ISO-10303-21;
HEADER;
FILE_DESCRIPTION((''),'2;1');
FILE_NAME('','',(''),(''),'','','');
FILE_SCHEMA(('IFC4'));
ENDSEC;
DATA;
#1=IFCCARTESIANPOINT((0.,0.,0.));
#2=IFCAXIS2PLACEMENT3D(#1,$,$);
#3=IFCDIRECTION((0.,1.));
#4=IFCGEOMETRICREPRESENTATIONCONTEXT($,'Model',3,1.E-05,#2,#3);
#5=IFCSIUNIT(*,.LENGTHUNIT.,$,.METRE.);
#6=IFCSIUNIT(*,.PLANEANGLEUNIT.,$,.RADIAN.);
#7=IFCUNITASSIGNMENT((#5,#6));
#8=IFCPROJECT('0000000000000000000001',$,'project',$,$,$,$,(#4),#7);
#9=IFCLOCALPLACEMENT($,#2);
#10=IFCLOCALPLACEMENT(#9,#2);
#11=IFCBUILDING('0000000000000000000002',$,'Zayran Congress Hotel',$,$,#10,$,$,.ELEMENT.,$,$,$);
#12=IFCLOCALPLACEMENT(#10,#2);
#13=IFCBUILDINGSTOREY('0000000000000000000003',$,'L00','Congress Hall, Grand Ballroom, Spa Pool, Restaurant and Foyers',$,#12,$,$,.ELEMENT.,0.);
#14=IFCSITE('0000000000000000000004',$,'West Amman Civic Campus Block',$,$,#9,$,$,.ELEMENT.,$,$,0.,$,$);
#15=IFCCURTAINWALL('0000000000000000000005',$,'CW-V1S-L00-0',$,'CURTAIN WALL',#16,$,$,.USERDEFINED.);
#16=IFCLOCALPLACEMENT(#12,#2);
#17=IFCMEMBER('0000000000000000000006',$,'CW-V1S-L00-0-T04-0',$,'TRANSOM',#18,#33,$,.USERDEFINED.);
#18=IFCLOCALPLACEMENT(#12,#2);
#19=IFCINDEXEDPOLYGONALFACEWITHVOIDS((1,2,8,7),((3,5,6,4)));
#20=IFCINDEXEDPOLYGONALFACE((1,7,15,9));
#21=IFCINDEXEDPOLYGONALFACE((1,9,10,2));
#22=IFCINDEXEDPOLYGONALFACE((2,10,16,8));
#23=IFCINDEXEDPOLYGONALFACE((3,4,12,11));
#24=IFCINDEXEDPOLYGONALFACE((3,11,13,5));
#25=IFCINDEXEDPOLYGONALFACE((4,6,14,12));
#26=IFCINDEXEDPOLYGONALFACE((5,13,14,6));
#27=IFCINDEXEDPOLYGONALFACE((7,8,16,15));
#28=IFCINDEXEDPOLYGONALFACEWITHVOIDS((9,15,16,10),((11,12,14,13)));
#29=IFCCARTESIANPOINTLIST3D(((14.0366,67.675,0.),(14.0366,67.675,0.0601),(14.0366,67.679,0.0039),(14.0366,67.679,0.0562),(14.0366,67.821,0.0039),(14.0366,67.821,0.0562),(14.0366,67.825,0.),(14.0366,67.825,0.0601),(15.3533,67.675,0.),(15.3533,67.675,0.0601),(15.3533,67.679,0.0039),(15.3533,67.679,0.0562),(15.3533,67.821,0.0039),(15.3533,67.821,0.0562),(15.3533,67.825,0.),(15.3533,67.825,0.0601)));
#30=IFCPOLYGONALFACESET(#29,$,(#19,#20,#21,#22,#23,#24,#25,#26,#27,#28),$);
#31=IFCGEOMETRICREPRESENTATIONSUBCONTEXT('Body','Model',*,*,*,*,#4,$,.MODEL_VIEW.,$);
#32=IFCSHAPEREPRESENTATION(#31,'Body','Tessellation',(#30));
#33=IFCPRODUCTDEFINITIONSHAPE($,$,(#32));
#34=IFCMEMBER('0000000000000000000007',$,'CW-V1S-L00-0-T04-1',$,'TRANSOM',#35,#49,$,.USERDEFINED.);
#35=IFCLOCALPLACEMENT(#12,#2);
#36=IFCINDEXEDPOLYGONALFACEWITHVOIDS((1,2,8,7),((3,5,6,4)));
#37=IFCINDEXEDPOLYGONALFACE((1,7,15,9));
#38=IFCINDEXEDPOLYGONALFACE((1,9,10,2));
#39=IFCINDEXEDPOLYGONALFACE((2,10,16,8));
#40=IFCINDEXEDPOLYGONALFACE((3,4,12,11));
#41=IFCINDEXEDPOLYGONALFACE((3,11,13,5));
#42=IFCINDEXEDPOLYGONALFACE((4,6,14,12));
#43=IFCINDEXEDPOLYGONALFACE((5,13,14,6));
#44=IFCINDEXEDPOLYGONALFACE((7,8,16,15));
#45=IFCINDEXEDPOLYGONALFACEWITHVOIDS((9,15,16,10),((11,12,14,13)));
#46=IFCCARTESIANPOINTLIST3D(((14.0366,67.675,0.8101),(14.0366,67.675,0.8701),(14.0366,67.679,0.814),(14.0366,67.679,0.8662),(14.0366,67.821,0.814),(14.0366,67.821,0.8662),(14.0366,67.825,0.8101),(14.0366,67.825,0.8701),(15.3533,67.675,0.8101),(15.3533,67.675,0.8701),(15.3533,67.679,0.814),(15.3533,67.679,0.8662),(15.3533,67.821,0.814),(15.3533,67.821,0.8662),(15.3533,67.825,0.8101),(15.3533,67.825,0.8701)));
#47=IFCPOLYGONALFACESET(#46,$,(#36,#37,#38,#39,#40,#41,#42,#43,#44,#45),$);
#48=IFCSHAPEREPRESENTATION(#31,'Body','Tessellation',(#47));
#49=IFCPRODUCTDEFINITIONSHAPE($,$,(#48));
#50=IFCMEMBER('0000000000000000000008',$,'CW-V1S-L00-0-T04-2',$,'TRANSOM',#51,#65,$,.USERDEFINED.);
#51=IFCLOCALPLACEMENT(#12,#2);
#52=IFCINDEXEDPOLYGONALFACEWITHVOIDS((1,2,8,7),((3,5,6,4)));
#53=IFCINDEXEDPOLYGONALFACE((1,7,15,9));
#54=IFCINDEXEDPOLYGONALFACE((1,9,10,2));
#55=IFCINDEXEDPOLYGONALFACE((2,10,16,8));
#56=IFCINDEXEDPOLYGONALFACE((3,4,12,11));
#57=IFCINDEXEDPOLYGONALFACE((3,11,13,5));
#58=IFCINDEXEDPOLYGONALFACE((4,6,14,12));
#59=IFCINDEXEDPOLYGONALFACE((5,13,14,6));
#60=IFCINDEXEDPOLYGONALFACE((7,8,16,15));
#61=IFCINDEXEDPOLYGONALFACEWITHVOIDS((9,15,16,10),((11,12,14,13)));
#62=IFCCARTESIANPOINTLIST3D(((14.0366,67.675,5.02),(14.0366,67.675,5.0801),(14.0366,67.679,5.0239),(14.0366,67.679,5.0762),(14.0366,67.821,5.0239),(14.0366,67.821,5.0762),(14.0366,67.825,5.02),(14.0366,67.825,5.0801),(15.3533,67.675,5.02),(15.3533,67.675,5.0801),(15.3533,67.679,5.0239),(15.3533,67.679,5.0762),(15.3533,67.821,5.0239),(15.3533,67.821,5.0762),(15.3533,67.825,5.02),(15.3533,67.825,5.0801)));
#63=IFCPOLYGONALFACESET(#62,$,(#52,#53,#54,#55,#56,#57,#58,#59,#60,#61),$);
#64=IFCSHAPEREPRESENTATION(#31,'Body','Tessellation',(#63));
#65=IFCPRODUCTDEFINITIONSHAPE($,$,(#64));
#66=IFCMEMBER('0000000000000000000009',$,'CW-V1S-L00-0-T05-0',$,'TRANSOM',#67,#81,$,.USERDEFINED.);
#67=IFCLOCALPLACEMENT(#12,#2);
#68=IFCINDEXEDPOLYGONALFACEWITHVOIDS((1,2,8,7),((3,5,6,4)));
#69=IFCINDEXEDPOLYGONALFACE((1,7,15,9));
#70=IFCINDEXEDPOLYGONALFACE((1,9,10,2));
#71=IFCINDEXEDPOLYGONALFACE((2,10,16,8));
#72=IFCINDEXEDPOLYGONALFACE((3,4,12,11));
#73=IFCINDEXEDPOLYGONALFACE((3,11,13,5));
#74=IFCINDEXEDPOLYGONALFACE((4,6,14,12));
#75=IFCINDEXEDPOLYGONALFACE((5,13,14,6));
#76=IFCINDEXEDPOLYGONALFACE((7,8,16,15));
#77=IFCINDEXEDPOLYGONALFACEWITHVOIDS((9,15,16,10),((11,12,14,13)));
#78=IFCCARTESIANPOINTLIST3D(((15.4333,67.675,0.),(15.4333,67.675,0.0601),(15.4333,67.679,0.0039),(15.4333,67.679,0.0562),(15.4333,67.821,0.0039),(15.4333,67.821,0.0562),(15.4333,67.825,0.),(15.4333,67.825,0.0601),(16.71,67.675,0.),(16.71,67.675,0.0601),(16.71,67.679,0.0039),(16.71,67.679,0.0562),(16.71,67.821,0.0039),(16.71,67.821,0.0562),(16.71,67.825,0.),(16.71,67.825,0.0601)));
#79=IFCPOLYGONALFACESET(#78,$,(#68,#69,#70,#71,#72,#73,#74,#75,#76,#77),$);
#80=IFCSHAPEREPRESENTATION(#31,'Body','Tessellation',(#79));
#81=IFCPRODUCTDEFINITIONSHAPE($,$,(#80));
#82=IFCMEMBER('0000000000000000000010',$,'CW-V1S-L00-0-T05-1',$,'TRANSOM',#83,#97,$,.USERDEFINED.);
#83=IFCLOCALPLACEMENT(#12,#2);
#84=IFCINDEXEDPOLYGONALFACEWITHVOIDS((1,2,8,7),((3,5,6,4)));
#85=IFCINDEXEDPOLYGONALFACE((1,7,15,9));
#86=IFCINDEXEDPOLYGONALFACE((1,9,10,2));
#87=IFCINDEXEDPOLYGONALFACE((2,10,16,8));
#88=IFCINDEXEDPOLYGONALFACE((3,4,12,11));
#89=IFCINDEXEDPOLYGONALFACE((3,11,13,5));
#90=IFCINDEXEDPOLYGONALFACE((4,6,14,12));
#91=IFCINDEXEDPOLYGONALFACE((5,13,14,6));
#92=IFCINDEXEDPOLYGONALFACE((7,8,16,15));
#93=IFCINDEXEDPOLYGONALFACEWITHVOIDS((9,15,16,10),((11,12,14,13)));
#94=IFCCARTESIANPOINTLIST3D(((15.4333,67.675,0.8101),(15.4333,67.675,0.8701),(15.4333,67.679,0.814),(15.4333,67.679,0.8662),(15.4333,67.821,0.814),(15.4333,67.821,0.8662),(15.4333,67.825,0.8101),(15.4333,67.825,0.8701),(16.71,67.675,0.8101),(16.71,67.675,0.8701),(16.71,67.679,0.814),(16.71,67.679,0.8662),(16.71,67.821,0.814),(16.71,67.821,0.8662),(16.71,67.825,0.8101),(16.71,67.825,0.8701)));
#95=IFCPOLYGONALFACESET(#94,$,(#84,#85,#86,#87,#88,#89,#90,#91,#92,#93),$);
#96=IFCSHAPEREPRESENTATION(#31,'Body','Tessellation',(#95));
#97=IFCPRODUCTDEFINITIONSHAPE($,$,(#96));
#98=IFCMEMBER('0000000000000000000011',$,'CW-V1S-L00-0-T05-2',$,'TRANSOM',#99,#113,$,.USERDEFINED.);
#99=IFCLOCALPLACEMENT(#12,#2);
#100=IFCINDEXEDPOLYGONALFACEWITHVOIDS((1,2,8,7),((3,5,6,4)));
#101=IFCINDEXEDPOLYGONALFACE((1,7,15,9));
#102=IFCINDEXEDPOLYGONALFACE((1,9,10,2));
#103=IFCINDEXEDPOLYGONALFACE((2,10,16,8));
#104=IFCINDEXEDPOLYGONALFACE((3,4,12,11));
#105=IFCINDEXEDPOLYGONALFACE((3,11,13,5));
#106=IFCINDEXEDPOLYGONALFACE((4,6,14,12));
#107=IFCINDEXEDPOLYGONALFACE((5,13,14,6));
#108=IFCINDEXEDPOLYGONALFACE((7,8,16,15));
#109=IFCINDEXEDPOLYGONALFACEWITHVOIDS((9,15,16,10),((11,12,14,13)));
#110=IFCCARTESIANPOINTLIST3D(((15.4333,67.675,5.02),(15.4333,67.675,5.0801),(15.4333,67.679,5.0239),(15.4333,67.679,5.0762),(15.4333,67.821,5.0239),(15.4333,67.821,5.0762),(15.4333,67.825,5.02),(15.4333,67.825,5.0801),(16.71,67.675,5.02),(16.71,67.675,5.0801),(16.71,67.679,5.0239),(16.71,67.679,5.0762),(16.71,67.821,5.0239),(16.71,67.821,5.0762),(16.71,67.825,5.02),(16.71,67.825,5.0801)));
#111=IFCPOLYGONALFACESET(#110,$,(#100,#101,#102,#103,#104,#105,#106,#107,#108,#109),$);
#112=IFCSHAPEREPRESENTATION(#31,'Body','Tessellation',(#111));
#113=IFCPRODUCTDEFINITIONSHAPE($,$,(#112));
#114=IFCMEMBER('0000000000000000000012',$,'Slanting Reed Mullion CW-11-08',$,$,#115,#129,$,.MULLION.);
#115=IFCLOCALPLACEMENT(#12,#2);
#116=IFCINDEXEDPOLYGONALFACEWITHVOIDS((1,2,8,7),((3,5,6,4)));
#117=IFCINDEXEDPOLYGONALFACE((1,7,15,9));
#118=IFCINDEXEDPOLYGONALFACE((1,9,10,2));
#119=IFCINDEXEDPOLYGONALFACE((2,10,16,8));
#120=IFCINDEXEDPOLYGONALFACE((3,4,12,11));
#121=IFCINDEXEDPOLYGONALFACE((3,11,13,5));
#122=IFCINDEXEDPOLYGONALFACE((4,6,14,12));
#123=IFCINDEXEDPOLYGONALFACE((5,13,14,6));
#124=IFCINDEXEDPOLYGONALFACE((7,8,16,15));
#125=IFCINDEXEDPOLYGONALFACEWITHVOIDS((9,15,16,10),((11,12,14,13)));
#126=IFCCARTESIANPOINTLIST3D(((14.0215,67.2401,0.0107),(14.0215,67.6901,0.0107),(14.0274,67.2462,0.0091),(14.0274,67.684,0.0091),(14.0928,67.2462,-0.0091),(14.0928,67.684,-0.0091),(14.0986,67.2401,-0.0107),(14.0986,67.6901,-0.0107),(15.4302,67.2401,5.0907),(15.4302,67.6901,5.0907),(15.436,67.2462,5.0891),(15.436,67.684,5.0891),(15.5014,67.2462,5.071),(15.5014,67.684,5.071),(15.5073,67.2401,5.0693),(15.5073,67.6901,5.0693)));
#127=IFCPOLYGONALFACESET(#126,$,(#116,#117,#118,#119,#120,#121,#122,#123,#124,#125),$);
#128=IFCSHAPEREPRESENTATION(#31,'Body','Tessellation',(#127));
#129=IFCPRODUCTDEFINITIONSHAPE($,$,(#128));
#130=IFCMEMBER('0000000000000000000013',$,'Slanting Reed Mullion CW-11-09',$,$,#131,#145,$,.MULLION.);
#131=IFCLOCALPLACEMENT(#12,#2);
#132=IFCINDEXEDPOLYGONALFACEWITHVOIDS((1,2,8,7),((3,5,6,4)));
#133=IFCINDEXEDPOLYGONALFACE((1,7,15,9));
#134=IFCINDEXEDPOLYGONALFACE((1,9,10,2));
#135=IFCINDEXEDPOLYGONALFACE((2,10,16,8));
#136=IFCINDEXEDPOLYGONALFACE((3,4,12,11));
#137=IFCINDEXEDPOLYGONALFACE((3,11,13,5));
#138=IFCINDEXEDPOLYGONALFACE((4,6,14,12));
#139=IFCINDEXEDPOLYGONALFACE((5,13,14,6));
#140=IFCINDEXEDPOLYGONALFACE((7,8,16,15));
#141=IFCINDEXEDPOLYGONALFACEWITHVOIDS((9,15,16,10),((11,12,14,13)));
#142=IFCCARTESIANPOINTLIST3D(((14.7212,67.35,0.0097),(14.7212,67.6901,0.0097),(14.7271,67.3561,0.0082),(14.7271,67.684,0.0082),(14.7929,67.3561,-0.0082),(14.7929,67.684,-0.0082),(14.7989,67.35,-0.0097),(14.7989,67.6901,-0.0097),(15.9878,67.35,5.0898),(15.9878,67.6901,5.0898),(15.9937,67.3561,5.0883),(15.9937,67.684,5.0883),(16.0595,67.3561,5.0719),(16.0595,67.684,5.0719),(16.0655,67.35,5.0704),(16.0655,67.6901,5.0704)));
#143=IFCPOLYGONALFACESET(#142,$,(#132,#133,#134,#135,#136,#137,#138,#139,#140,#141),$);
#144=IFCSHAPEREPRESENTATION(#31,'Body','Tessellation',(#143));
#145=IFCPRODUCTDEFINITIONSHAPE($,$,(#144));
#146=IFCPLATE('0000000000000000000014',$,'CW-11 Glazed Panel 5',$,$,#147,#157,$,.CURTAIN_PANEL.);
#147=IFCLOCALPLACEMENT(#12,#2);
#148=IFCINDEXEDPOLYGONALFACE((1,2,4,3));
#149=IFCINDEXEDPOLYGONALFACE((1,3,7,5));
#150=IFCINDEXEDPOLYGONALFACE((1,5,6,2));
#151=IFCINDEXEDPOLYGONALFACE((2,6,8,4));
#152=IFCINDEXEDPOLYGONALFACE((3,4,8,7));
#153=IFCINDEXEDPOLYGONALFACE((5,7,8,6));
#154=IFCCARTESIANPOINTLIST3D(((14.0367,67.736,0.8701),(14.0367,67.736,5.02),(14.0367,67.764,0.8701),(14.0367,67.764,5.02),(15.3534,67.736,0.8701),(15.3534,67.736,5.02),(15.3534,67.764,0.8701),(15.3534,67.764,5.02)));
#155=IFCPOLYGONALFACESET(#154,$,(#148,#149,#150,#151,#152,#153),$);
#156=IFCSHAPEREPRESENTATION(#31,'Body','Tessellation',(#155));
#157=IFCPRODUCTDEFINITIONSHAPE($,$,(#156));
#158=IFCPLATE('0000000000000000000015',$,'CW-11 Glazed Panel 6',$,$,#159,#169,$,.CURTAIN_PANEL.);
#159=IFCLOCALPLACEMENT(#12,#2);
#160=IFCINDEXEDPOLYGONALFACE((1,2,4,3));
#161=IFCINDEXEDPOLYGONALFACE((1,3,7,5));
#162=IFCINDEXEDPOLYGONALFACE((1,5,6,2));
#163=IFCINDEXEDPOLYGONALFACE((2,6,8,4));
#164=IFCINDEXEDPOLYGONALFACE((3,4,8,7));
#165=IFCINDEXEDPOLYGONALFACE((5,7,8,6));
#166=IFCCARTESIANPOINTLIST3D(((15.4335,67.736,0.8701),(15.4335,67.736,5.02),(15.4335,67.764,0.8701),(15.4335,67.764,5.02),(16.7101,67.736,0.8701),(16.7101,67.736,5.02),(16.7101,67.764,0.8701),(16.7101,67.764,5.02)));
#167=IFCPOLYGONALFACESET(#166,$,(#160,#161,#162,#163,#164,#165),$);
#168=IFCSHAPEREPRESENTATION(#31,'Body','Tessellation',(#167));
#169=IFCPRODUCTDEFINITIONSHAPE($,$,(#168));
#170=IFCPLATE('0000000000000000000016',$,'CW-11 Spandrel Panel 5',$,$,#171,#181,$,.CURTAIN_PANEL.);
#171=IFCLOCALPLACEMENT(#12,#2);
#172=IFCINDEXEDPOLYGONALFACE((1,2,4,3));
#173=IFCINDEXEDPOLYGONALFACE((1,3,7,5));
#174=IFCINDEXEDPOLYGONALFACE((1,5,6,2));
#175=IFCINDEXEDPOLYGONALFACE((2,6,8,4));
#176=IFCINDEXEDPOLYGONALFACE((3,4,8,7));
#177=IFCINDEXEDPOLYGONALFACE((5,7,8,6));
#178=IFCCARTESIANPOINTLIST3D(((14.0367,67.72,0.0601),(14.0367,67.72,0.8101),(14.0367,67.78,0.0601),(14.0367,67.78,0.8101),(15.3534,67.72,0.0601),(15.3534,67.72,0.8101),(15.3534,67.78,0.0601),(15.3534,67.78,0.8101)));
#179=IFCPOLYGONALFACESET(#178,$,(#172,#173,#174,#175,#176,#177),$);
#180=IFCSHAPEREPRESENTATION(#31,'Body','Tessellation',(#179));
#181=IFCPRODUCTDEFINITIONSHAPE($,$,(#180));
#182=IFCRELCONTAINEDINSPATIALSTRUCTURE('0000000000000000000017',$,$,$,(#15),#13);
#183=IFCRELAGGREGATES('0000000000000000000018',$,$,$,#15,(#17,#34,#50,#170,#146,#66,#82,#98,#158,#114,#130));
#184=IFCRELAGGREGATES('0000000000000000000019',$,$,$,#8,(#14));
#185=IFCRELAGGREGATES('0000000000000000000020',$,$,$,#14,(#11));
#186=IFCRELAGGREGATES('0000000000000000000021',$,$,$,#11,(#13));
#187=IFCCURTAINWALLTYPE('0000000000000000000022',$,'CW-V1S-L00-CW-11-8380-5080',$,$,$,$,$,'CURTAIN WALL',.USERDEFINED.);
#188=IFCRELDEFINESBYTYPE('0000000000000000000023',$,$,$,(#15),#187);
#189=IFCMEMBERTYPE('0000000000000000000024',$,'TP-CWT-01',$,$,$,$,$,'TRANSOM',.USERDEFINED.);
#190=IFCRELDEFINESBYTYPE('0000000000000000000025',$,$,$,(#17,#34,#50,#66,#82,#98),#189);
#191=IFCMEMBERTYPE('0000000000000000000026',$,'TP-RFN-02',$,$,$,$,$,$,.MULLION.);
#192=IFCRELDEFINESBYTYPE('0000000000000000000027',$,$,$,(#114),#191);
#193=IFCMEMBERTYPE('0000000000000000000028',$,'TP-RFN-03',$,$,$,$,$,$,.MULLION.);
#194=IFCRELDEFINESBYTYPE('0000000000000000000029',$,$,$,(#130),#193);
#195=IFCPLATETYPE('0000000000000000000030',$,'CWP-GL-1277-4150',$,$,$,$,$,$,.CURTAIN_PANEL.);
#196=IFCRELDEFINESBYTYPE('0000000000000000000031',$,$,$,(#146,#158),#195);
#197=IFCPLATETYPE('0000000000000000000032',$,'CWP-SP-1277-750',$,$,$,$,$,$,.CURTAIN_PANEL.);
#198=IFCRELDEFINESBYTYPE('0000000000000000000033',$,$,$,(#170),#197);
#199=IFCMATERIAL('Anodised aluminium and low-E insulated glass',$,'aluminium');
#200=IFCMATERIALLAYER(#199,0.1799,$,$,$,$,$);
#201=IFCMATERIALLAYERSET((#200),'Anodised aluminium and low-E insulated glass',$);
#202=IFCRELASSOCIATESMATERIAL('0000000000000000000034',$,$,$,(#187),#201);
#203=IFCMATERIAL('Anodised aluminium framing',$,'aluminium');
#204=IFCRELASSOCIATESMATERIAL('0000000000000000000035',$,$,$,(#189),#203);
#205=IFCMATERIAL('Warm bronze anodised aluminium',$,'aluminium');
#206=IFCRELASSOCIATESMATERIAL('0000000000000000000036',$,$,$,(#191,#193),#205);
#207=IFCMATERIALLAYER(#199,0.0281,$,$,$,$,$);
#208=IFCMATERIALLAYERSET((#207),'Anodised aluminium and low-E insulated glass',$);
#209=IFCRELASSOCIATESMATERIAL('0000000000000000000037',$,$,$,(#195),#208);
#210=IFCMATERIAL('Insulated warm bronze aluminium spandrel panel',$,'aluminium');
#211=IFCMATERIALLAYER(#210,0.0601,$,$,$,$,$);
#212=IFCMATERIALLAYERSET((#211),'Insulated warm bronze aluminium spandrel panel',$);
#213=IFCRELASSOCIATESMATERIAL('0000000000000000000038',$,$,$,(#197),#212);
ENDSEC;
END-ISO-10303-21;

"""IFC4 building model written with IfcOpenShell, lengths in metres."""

from ifc_helpers import new_model, si_unit, direction, frame, origin, origin_2d, place, context, subcontext, project, spatial, rectangle, hollow_rectangle, extrude, material, layer, layer_set, material_profile, profile_set, type_object, element, aggregate, save


model = new_model("IFC4")

# Units and contexts
model_context = context("Model", 3, precision=1e-05, world=origin(), true_north=direction((0.0, 1.0)))
body_context = subcontext(model_context, "Body", "Model", "MODEL_VIEW")
ifc_project = project(units=[si_unit("LENGTHUNIT", "METRE"), si_unit("PLANEANGLEUNIT", "RADIAN")], contexts=[model_context])

# Site, building, storey
site_placement = place(None, origin())
site = spatial("IfcSite", under=ifc_project, at=site_placement, Name="West Amman Civic Campus Block", CompositionType="ELEMENT", RefElevation=0.0)
building_placement = place(site_placement, origin())
building = spatial("IfcBuilding", under=site, at=building_placement, Name="Zayran Congress Hotel", CompositionType="ELEMENT")
storey_placement = place(building_placement, origin())
storey = spatial("IfcBuildingStorey", under=building, at=storey_placement, Name="L00", Description="Congress Hall, Grand Ballroom, Spa Pool, Restaurant and Foyers", CompositionType="ELEMENT", Elevation=0.0)

# Curtain wall, members, plates
ifc_material_1 = material(Name="Anodised aluminium and low-E insulated glass", Category="aluminium")
ifc_layer_1 = layer(ifc_material_1, 0.1799)
ifc_layer_set_1 = layer_set([ifc_layer_1], Name="Anodised aluminium and low-E insulated glass")
curtain_wall_type = type_object("IfcCurtainWallType", Name="CW-V1S-L00-CW-11-8380-5080", ElementType="CURTAIN WALL", PredefinedType="USERDEFINED", material=ifc_layer_set_1)
curtain_wall_placement = place(storey_placement, origin())
curtain_wall = element("IfcCurtainWall", 1, at=curtain_wall_placement, inside=storey, type_object=curtain_wall_type, Name="CW-V1S-L00-0", ObjectType="CURTAIN WALL", PredefinedType="USERDEFINED")
ifc_material_2 = material(Name="Anodised aluminium framing", Category="aluminium")
ifc_material_profile_1 = material_profile(ifc_material_2, hollow_rectangle(XDim=0.0601, YDim=0.1499, WallThickness=0.0039, at=origin_2d()), Name="RHS 150x60x4")
ifc_profile_set_1 = profile_set([ifc_material_profile_1], Name="Anodised aluminium framing")
member_type_1 = type_object("IfcMemberType", Name="TP-CWT-01", ElementType="TRANSOM", PredefinedType="USERDEFINED", material=ifc_profile_set_1)
member_1_placement = place(storey_placement, frame((14.0366, 67.75, 0.03), z_axis=(1.0, 0.0, 0.0), x_axis=(0.0, 0.0, 1.0)))
member_1 = element("IfcMember", 2, at=member_1_placement, type_object=member_type_1, Name="CW-V1S-L00-0-T04-0", ObjectType="TRANSOM", PredefinedType="USERDEFINED", context=body_context, shape_type="SweptSolid", body=[
    extrude(hollow_rectangle(XDim=0.0601, YDim=0.1499, WallThickness=0.0039, at=origin_2d()), origin(), (0.0, 0.0, 1.0), 1.3167),
])
member_2_placement = place(storey_placement, frame((14.0366, 67.75, 0.8401), z_axis=(1.0, 0.0, 0.0), x_axis=(0.0, 0.0, 1.0)))
member_2 = element("IfcMember", 3, at=member_2_placement, type_object=member_type_1, Name="CW-V1S-L00-0-T04-1", ObjectType="TRANSOM", PredefinedType="USERDEFINED", context=body_context, shape_type="SweptSolid", body=[
    extrude(hollow_rectangle(XDim=0.0601, YDim=0.1499, WallThickness=0.0039, at=origin_2d()), origin(), (0.0, 0.0, 1.0), 1.3167),
])
member_3_placement = place(storey_placement, frame((14.0366, 67.75, 5.05), z_axis=(1.0, 0.0, 0.0), x_axis=(0.0, 0.0, 1.0)))
member_3 = element("IfcMember", 4, at=member_3_placement, type_object=member_type_1, Name="CW-V1S-L00-0-T04-2", ObjectType="TRANSOM", PredefinedType="USERDEFINED", context=body_context, shape_type="SweptSolid", body=[
    extrude(hollow_rectangle(XDim=0.0601, YDim=0.1499, WallThickness=0.0039, at=origin_2d()), origin(), (0.0, 0.0, 1.0), 1.3167),
])
member_4_placement = place(storey_placement, frame((15.4333, 67.75, 0.03), z_axis=(1.0, 0.0, 0.0), x_axis=(0.0, 0.0, 1.0)))
member_4 = element("IfcMember", 5, at=member_4_placement, type_object=member_type_1, Name="CW-V1S-L00-0-T05-0", ObjectType="TRANSOM", PredefinedType="USERDEFINED", context=body_context, shape_type="SweptSolid", body=[
    extrude(hollow_rectangle(XDim=0.0601, YDim=0.1499, WallThickness=0.0039, at=origin_2d()), origin(), (0.0, 0.0, 1.0), 1.2766),
])
member_5_placement = place(storey_placement, frame((15.4333, 67.75, 0.8401), z_axis=(1.0, 0.0, 0.0), x_axis=(0.0, 0.0, 1.0)))
member_5 = element("IfcMember", 6, at=member_5_placement, type_object=member_type_1, Name="CW-V1S-L00-0-T05-1", ObjectType="TRANSOM", PredefinedType="USERDEFINED", context=body_context, shape_type="SweptSolid", body=[
    extrude(hollow_rectangle(XDim=0.0601, YDim=0.1499, WallThickness=0.0039, at=origin_2d()), origin(), (0.0, 0.0, 1.0), 1.2766),
])
member_6_placement = place(storey_placement, frame((15.4333, 67.75, 5.05), z_axis=(1.0, 0.0, 0.0), x_axis=(0.0, 0.0, 1.0)))
member_6 = element("IfcMember", 7, at=member_6_placement, type_object=member_type_1, Name="CW-V1S-L00-0-T05-2", ObjectType="TRANSOM", PredefinedType="USERDEFINED", context=body_context, shape_type="SweptSolid", body=[
    extrude(hollow_rectangle(XDim=0.0601, YDim=0.1499, WallThickness=0.0039, at=origin_2d()), origin(), (0.0, 0.0, 1.0), 1.2766),
])
ifc_material_3 = material(Name="Warm bronze anodised aluminium", Category="aluminium")
ifc_material_profile_2 = material_profile(ifc_material_3, hollow_rectangle(XDim=0.0801, YDim=0.45, WallThickness=0.0061, at=origin_2d()), Name="RHS 450x80x6")
ifc_profile_set_2 = profile_set([ifc_material_profile_2], Name="Warm bronze anodised aluminium")
member_type_2 = type_object("IfcMemberType", Name="TP-RFN-02", PredefinedType="MULLION", material=ifc_profile_set_2)
member_7_placement = place(storey_placement, frame((14.0601, 67.4651, 0.0), z_axis=(0.267214, 0.0, 0.963637), x_axis=(-0.963637, 0.0, 0.267214)))
member_7 = element("IfcMember", 8, at=member_7_placement, type_object=member_type_2, Name="Slanting Reed Mullion CW-11-08", PredefinedType="MULLION", context=body_context, shape_type="SweptSolid", body=[
    extrude(hollow_rectangle(XDim=0.0801, YDim=0.45, WallThickness=0.0061, at=origin_2d()), origin(), (0.0, 0.0, 1.0), 5.2717),
])
ifc_material_profile_3 = material_profile(ifc_material_3, hollow_rectangle(XDim=0.0801, YDim=0.3401, WallThickness=0.0061, at=origin_2d()), Name="RHS 340x80x6")
ifc_profile_set_3 = profile_set([ifc_material_profile_3], Name="Warm bronze anodised aluminium")
member_type_3 = type_object("IfcMemberType", Name="TP-RFN-03", PredefinedType="MULLION", material=ifc_profile_set_3)
member_8_placement = place(storey_placement, frame((14.76, 67.52, 0.0), z_axis=(0.241921, 0.0, 0.970296), x_axis=(-0.970296, 0.0, 0.241921)))
member_8 = element("IfcMember", 9, at=member_8_placement, type_object=member_type_3, Name="Slanting Reed Mullion CW-11-09", PredefinedType="MULLION", context=body_context, shape_type="SweptSolid", body=[
    extrude(hollow_rectangle(XDim=0.0801, YDim=0.3401, WallThickness=0.0061, at=origin_2d()), origin(), (0.0, 0.0, 1.0), 5.2356),
])
ifc_layer_2 = layer(ifc_material_1, 0.0281)
ifc_layer_set_2 = layer_set([ifc_layer_2], Name="Anodised aluminium and low-E insulated glass")
plate_type_1 = type_object("IfcPlateType", Name="CWP-GL-1277-4150", PredefinedType="CURTAIN_PANEL", material=ifc_layer_set_2)
plate_1_placement = place(storey_placement, frame((14.6951, 67.75, 0.8701), z_axis=(0.0, 0.0, 1.0), x_axis=(1.0, 0.0, 0.0)))
plate_1 = element("IfcPlate", 10, at=plate_1_placement, type_object=plate_type_1, Name="CW-11 Glazed Panel 5", PredefinedType="CURTAIN_PANEL", context=body_context, shape_type="SweptSolid", body=[
    extrude(rectangle(XDim=1.3167, YDim=0.0281, at=origin_2d()), origin(), (0.0, 0.0, 1.0), 4.1499),
])
plate_2_placement = place(storey_placement, frame((16.0718, 67.75, 0.8701), z_axis=(0.0, 0.0, 1.0), x_axis=(1.0, 0.0, 0.0)))
plate_2 = element("IfcPlate", 11, at=plate_2_placement, type_object=plate_type_1, Name="CW-11 Glazed Panel 6", PredefinedType="CURTAIN_PANEL", context=body_context, shape_type="SweptSolid", body=[
    extrude(rectangle(XDim=1.2766, YDim=0.0281, at=origin_2d()), origin(), (0.0, 0.0, 1.0), 4.1499),
])
ifc_material_4 = material(Name="Insulated warm bronze aluminium spandrel panel", Category="aluminium")
ifc_layer_3 = layer(ifc_material_4, 0.0601)
ifc_layer_set_3 = layer_set([ifc_layer_3], Name="Insulated warm bronze aluminium spandrel panel")
plate_type_2 = type_object("IfcPlateType", Name="CWP-SP-1277-750", PredefinedType="CURTAIN_PANEL", material=ifc_layer_set_3)
plate_3_placement = place(storey_placement, frame((14.6951, 67.75, 0.0601), z_axis=(0.0, 0.0, 1.0), x_axis=(1.0, 0.0, 0.0)))
plate_3 = element("IfcPlate", 12, at=plate_3_placement, type_object=plate_type_2, Name="CW-11 Spandrel Panel 5", PredefinedType="CURTAIN_PANEL", context=body_context, shape_type="SweptSolid", body=[
    extrude(rectangle(XDim=1.3167, YDim=0.0601, at=origin_2d()), origin(), (0.0, 0.0, 1.0), 0.75),
])
aggregate(curtain_wall, [member_1, member_2, member_3, plate_3, plate_1, member_4, member_5, member_6, plate_2, member_7, member_8])

save(model, "model.ifc")
